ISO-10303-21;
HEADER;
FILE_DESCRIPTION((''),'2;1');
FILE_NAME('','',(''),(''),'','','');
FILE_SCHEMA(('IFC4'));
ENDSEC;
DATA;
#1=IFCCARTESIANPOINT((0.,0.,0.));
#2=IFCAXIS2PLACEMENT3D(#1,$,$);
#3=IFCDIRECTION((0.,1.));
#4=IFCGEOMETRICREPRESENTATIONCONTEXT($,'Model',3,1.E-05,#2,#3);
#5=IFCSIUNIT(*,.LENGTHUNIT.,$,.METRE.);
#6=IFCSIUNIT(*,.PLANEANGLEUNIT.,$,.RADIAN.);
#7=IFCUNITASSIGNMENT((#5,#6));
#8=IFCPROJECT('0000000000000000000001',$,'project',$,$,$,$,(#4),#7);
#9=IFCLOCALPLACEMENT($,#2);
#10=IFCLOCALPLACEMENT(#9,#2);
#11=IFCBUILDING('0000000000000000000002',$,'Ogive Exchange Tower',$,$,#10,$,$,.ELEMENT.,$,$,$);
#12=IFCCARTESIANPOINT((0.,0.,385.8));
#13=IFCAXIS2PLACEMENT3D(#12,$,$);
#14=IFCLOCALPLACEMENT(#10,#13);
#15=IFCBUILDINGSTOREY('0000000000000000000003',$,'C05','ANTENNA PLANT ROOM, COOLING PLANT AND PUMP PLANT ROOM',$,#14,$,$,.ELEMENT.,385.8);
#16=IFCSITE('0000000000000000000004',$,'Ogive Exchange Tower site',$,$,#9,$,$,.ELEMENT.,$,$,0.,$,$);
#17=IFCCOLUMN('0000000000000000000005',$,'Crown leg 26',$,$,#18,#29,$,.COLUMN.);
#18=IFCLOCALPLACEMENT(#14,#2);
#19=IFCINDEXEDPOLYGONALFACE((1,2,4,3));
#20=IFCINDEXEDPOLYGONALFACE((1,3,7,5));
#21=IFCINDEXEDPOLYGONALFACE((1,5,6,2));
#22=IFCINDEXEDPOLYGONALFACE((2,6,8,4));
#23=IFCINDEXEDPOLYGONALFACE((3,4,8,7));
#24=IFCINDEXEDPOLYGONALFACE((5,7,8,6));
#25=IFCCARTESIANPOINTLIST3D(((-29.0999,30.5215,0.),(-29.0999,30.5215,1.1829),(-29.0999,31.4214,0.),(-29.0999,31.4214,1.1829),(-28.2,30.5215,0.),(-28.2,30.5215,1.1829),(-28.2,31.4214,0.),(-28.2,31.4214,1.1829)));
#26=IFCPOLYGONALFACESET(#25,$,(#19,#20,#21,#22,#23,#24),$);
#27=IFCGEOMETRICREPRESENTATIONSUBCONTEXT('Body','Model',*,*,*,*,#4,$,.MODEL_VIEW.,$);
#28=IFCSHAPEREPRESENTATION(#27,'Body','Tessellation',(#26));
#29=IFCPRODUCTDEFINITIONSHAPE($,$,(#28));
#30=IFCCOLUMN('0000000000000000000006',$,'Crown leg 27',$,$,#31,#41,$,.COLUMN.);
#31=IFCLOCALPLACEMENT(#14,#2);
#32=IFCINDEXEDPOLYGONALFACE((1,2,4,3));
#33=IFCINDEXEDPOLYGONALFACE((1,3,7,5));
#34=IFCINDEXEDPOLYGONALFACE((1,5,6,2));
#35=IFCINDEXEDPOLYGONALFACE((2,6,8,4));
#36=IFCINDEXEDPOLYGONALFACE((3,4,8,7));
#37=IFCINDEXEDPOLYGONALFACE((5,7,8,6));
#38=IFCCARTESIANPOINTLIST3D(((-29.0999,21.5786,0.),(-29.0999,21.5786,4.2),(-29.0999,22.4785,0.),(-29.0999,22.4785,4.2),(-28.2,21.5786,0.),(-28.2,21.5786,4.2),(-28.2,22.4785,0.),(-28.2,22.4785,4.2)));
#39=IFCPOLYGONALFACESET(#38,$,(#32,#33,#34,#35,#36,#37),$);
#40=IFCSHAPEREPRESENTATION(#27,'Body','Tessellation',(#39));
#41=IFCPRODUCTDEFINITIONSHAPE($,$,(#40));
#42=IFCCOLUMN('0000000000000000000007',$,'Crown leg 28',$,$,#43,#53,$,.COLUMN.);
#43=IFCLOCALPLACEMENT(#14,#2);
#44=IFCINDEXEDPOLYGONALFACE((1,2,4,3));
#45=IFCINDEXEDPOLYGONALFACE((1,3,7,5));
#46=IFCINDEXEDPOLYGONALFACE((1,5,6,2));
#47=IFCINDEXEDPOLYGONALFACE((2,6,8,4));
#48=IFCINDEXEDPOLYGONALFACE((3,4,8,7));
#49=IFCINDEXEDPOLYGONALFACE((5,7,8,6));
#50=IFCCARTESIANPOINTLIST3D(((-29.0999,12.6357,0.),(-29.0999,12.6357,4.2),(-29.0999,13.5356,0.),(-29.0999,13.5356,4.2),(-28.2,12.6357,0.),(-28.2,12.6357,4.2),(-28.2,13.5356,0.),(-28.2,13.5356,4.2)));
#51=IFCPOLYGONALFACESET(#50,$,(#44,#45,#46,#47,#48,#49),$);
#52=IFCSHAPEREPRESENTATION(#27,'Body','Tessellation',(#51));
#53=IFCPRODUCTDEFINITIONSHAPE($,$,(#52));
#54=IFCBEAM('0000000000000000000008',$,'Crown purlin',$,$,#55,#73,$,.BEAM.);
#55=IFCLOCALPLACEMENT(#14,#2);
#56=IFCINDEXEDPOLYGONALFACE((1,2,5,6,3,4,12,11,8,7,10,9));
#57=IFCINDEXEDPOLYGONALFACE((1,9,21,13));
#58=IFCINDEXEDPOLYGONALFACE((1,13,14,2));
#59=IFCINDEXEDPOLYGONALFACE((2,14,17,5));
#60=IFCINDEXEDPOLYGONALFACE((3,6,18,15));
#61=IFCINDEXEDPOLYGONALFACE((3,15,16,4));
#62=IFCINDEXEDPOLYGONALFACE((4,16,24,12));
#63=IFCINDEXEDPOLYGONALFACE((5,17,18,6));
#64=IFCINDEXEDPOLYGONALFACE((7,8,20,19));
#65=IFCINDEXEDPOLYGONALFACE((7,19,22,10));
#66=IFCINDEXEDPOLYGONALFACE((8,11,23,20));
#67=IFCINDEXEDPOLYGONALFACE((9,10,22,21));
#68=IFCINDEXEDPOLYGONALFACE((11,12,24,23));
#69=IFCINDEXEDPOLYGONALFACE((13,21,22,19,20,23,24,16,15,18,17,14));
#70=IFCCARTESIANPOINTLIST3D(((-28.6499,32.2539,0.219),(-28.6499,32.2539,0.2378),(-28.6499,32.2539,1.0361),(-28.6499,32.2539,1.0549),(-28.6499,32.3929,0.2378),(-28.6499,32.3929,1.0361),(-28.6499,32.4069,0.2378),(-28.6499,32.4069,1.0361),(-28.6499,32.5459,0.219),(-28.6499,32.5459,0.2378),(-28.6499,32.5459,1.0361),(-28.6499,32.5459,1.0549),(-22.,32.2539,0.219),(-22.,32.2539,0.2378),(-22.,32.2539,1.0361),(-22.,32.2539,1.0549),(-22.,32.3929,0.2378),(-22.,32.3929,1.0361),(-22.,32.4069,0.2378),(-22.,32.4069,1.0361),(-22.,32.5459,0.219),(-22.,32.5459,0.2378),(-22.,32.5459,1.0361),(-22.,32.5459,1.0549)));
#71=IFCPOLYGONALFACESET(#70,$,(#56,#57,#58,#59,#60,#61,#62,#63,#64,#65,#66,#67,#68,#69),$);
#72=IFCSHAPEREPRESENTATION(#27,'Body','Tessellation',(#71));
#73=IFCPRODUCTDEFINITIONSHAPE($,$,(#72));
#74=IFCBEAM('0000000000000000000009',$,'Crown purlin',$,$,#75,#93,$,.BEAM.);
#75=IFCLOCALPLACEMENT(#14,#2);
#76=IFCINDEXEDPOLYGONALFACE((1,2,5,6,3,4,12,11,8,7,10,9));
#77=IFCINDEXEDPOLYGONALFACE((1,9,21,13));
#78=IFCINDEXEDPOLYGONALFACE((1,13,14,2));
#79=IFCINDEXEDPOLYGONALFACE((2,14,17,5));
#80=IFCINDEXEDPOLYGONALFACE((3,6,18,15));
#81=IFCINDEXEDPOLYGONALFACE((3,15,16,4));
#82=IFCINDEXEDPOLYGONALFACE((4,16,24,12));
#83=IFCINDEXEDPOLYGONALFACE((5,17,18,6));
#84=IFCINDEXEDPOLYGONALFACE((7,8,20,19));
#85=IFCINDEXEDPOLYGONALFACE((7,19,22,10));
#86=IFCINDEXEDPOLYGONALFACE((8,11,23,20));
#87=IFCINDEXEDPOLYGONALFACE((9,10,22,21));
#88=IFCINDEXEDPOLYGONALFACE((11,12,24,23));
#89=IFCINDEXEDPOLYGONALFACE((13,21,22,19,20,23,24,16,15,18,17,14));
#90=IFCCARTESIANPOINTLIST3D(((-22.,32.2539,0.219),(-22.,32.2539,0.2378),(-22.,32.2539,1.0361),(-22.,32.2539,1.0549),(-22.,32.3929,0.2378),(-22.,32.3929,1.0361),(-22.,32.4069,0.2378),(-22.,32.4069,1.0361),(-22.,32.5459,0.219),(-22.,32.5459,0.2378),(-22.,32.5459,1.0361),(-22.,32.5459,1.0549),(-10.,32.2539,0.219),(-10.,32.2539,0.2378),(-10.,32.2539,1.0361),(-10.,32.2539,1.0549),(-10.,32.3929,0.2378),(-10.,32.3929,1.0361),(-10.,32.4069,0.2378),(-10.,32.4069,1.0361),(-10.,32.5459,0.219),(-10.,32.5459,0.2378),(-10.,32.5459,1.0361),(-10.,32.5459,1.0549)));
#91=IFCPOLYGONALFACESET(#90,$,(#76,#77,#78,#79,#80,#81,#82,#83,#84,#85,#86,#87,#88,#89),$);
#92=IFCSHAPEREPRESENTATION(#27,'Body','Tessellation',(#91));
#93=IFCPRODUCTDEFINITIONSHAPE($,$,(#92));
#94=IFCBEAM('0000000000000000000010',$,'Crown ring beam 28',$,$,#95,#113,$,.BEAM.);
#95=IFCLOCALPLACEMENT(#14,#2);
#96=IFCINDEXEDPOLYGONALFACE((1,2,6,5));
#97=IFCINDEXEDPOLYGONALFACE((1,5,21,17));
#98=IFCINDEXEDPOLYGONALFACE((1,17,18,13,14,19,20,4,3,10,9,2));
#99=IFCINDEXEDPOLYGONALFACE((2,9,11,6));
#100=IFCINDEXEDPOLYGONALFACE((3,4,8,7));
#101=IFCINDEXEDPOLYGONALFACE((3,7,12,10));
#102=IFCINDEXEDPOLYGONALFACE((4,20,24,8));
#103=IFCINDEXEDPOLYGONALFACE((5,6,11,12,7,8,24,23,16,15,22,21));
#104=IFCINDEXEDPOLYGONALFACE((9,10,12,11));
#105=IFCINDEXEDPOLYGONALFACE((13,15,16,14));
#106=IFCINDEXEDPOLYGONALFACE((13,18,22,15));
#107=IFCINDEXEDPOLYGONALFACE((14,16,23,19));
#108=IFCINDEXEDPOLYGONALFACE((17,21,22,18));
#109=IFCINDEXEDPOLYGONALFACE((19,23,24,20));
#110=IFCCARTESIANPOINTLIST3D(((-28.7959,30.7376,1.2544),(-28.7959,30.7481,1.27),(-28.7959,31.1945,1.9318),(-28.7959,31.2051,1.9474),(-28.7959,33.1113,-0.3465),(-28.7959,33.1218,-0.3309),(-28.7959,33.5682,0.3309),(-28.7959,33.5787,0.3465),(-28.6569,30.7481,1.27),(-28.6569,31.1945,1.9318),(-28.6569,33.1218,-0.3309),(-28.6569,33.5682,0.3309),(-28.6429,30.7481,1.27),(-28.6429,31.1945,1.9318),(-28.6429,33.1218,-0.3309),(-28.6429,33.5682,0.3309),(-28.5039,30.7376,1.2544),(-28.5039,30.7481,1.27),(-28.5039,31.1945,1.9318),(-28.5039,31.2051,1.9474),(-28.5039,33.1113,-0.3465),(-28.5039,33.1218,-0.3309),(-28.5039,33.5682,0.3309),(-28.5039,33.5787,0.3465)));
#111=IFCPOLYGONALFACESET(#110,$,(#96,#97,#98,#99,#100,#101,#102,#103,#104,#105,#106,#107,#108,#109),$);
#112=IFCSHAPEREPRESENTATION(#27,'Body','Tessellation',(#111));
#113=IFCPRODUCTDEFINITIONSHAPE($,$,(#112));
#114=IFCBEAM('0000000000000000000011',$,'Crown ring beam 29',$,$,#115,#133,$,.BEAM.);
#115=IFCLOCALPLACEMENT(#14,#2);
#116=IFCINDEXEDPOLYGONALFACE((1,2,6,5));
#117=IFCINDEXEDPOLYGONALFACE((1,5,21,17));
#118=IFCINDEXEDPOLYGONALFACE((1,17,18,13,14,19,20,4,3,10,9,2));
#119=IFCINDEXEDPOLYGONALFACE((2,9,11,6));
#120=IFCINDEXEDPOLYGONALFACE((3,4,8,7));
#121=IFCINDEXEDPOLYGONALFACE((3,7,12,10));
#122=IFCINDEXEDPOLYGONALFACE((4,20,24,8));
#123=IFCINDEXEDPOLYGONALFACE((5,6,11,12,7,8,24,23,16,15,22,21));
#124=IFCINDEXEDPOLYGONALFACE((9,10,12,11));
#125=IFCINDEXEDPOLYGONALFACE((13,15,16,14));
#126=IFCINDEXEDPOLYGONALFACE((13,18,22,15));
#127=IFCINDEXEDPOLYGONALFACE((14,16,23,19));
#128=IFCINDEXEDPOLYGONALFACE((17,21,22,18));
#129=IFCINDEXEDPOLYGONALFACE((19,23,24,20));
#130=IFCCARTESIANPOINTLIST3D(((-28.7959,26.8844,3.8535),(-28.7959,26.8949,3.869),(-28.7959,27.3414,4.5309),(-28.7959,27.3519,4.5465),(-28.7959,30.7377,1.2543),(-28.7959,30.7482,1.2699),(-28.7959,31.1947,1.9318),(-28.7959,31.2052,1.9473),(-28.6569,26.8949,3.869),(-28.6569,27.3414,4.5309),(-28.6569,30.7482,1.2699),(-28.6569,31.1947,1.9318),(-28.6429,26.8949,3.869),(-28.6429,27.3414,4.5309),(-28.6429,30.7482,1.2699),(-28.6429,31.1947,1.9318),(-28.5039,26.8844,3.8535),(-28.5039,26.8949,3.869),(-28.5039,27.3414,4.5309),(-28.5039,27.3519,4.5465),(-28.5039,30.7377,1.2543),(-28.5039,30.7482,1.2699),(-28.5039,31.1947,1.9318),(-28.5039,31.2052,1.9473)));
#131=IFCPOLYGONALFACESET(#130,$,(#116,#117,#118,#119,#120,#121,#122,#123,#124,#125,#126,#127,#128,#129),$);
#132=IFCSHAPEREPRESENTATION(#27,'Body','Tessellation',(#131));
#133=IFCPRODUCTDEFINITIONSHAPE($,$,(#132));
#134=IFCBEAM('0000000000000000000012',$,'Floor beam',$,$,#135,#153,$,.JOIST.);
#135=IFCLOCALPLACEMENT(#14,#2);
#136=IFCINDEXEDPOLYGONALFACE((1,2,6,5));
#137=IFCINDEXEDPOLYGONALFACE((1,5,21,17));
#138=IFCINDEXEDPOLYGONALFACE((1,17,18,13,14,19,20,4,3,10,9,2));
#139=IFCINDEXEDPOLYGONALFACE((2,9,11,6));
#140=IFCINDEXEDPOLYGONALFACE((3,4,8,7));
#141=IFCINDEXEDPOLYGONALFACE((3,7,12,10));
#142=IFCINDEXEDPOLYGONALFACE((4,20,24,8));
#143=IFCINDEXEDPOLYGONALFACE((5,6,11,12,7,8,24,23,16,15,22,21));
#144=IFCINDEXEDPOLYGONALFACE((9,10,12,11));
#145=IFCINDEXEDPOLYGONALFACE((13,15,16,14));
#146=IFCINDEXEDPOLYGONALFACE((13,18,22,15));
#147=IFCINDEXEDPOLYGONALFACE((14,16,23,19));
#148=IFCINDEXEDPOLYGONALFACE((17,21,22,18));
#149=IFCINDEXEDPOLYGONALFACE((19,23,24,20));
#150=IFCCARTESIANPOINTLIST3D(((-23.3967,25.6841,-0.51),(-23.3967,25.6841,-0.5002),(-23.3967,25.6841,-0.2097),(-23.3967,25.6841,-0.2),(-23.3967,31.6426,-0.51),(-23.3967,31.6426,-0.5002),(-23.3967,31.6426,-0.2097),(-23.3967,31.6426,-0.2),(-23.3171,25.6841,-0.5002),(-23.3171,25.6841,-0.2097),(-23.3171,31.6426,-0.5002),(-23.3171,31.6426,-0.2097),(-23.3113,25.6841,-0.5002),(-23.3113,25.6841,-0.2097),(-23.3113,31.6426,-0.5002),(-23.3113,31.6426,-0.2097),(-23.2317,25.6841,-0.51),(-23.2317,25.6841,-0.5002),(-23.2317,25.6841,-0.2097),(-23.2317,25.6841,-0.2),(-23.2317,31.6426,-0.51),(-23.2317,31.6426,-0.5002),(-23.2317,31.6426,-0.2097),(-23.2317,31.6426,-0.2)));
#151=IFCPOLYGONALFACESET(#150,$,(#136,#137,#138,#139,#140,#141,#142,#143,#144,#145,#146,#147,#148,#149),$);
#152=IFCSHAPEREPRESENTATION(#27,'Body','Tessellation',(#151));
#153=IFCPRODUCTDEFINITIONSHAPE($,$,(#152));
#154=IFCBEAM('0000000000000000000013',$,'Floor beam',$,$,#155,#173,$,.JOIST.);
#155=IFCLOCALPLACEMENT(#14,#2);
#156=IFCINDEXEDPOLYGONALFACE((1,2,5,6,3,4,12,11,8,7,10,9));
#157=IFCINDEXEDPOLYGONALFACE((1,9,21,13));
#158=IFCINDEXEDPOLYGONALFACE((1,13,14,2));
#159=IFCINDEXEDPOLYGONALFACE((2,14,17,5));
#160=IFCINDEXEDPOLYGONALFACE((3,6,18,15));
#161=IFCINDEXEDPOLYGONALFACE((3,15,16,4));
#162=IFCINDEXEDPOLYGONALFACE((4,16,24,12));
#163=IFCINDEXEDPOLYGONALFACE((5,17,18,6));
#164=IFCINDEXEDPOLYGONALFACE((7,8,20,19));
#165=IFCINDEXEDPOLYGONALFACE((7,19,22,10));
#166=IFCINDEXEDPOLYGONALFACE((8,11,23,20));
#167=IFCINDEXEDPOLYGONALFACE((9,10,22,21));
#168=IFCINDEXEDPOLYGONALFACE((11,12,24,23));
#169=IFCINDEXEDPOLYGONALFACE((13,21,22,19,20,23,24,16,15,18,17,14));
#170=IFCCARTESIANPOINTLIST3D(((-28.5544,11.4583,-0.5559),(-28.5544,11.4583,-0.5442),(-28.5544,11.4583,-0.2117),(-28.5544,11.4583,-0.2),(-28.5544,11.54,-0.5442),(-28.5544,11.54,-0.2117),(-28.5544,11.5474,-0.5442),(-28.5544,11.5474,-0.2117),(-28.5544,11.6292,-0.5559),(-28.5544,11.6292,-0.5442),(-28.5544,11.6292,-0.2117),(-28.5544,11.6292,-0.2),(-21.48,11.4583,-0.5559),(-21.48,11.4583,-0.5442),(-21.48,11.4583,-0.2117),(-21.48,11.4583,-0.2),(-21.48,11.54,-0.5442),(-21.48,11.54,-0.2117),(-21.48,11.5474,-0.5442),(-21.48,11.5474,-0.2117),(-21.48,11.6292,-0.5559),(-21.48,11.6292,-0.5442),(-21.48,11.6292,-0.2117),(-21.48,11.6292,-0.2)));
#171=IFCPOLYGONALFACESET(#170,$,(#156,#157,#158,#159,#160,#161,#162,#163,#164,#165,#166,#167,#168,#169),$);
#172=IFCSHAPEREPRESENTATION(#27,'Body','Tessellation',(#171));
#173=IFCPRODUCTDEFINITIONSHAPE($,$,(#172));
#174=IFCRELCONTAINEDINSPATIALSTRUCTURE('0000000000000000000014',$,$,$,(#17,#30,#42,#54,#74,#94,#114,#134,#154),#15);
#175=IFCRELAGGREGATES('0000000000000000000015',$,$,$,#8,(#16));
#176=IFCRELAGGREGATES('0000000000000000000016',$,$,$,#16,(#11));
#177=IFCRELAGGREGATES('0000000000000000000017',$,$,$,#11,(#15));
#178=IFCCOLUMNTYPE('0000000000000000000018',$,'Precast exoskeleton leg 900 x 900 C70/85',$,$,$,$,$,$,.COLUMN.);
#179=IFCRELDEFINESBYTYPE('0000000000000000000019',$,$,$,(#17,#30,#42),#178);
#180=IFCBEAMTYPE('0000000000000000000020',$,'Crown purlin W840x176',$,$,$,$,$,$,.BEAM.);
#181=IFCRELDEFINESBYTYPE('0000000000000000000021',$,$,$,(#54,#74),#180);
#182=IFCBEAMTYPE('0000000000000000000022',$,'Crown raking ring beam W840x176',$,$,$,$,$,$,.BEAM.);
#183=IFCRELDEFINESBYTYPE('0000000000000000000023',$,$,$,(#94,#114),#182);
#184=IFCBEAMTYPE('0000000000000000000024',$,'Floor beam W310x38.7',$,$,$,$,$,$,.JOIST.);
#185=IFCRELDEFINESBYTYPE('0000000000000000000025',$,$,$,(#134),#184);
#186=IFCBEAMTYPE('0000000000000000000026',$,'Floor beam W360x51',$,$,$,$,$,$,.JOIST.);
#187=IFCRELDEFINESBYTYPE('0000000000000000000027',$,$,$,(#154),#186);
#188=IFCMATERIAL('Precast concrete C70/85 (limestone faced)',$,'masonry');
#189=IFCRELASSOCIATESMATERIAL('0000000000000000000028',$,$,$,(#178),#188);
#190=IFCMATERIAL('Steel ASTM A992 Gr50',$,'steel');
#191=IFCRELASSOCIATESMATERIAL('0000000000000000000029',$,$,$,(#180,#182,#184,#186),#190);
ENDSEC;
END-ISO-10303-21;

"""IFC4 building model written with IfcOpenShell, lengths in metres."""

from ifc_helpers import new_model, si_unit, direction, frame, origin, origin_2d, place, context, subcontext, project, spatial, rectangle, i_section, extrude, material, material_profile, profile_set, type_object, element, save


model = new_model("IFC4")

# Units and contexts
model_context = context("Model", 3, precision=1e-05, world=origin(), true_north=direction((0.0, 1.0)))
body_context = subcontext(model_context, "Body", "Model", "MODEL_VIEW")
ifc_project = project(units=[si_unit("LENGTHUNIT", "METRE"), si_unit("PLANEANGLEUNIT", "RADIAN")], contexts=[model_context])

# Site, building, storey
site_placement = place(None, origin())
site = spatial("IfcSite", under=ifc_project, at=site_placement, Name="Ogive Exchange Tower site", CompositionType="ELEMENT", RefElevation=0.0)
building_placement = place(site_placement, origin())
building = spatial("IfcBuilding", under=site, at=building_placement, Name="Ogive Exchange Tower", CompositionType="ELEMENT")
storey_placement = place(building_placement, frame((0.0, 0.0, 385.8)))
storey = spatial("IfcBuildingStorey", under=building, at=storey_placement, Name="C05", Description="ANTENNA PLANT ROOM, COOLING PLANT AND PUMP PLANT ROOM", CompositionType="ELEMENT", Elevation=385.8)

# Columns
ifc_material_1 = material(Name="Precast concrete C70/85 (limestone faced)", Category="masonry")
ifc_material_profile_1 = material_profile(ifc_material_1, rectangle(XDim=0.8999, YDim=0.8999, at=origin_2d()), Name="900 x 900")
ifc_profile_set_1 = profile_set([ifc_material_profile_1], Name="Precast concrete C70/85 (limestone faced)")
column_type = type_object("IfcColumnType", Name="Precast exoskeleton leg 900 x 900 C70/85", PredefinedType="COLUMN", material=ifc_profile_set_1)
column_placement = place(storey_placement, frame((-28.6499, 30.9714, 0.0), z_axis=(0.0, 0.0, 1.0), x_axis=(1.0, 0.0, 0.0)))
element("IfcColumn", 1, at=column_placement, inside=storey, type_object=column_type, Name="Crown leg 26", PredefinedType="COLUMN", context=body_context, shape_type="SweptSolid", body=[
    extrude(rectangle(XDim=0.8999, YDim=0.8999, at=origin_2d()), origin(), (0.0, 0.0, 1.0), 1.1829),
])
for number, where, z_axis, x_axis, name in (
    (2, (-28.6499, 22.0286, 0.0), (0.0, 0.0, 1.0), (1.0, 0.0, 0.0), "Crown leg 27"),
    (3, (-28.6499, 13.0857, 0.0), (0.0, 0.0, 1.0), (1.0, 0.0, 0.0), "Crown leg 28"),
):
    element("IfcColumn", number, at=place(storey_placement, frame(where, z_axis=z_axis, x_axis=x_axis)), inside=storey, type_object=column_type, Name=name, PredefinedType="COLUMN", context=body_context, shape_type="SweptSolid", body=[
        extrude(rectangle(XDim=0.8999, YDim=0.8999, at=origin_2d()), origin(), (0.0, 0.0, 1.0), 4.2),
    ])

# Beams
ifc_material_2 = material(Name="Steel ASTM A992 Gr50", Category="steel")
ifc_material_profile_2 = material_profile(ifc_material_2, i_section(OverallWidth=0.292, OverallDepth=0.8359, WebThickness=0.0139, FlangeThickness=0.0188, at=origin_2d()), Name="W840x176")
ifc_profile_set_2 = profile_set([ifc_material_profile_2], Name="Steel ASTM A992 Gr50")
beam_type_1 = type_object("IfcBeamType", Name="Crown purlin W840x176", PredefinedType="BEAM", material=ifc_profile_set_2)
beam_1_placement = place(storey_placement, frame((-28.6499, 32.3999, 0.637), z_axis=(1.0, 0.0, 0.0), x_axis=(0.0, 1.0, 0.0)))
element("IfcBeam", 4, at=beam_1_placement, inside=storey, type_object=beam_type_1, Name="Crown purlin", PredefinedType="BEAM", context=body_context, shape_type="SweptSolid", body=[
    extrude(i_section(OverallWidth=0.292, OverallDepth=0.8359, WebThickness=0.0139, FlangeThickness=0.0188, at=origin_2d()), origin(), (0.0, 0.0, 1.0), 6.6499),
])
beam_2_placement = place(storey_placement, frame((-22.0, 32.3999, 0.637), z_axis=(1.0, 0.0, 0.0), x_axis=(0.0, 1.0, 0.0)))
element("IfcBeam", 5, at=beam_2_placement, inside=storey, type_object=beam_type_1, Name="Crown purlin", PredefinedType="BEAM", context=body_context, shape_type="SweptSolid", body=[
    extrude(i_section(OverallWidth=0.292, OverallDepth=0.8359, WebThickness=0.0139, FlangeThickness=0.0188, at=origin_2d()), origin(), (0.0, 0.0, 1.0), 12.0),
])
ifc_material_profile_3 = material_profile(ifc_material_2, i_section(OverallWidth=0.292, OverallDepth=0.8359, WebThickness=0.0139, FlangeThickness=0.0188, at=origin_2d()), Name="W840x176")
ifc_profile_set_3 = profile_set([ifc_material_profile_3], Name="Steel ASTM A992 Gr50")
beam_type_2 = type_object("IfcBeamType", Name="Crown raking ring beam W840x176", PredefinedType="BEAM", material=ifc_profile_set_3)
beam_3_placement = place(storey_placement, frame((-28.6499, 33.345, 0.0), z_axis=(0.0, -0.82906, 0.559159), x_axis=(1.0, 0.0, 0.0)))
element("IfcBeam", 6, at=beam_3_placement, inside=storey, type_object=beam_type_2, Name="Crown ring beam 28", PredefinedType="BEAM", context=body_context, shape_type="SweptSolid", body=[
    extrude(i_section(OverallWidth=0.292, OverallDepth=0.8359, WebThickness=0.0139, FlangeThickness=0.0188, at=origin_2d()), origin(), (0.0, 0.0, 1.0), 2.863),
])
beam_4_placement = place(storey_placement, frame((-28.6499, 30.9714, 1.6008), z_axis=(0.0, -0.829032, 0.559201), x_axis=(1.0, 0.0, 0.0)))
element("IfcBeam", 7, at=beam_4_placement, inside=storey, type_object=beam_type_2, Name="Crown ring beam 29", PredefinedType="BEAM", context=body_context, shape_type="SweptSolid", body=[
    extrude(i_section(OverallWidth=0.292, OverallDepth=0.8359, WebThickness=0.0139, FlangeThickness=0.0188, at=origin_2d()), origin(), (0.0, 0.0, 1.0), 4.6479),
])
ifc_material_profile_4 = material_profile(ifc_material_2, i_section(OverallWidth=0.165, OverallDepth=0.3101, WebThickness=0.0059, FlangeThickness=0.0098, at=origin_2d()), Name="W310x38.7")
ifc_profile_set_4 = profile_set([ifc_material_profile_4], Name="Steel ASTM A992 Gr50")
beam_type_3 = type_object("IfcBeamType", Name="Floor beam W310x38.7", PredefinedType="JOIST", material=ifc_profile_set_4)
beam_5_placement = place(storey_placement, frame((-23.3142, 25.6841, -0.355), z_axis=(0.0, 1.0, 0.0), x_axis=(-1.0, 0.0, 0.0)))
element("IfcBeam", 8, at=beam_5_placement, inside=storey, type_object=beam_type_3, Name="Floor beam", PredefinedType="JOIST", context=body_context, shape_type="SweptSolid", body=[
    extrude(i_section(OverallWidth=0.165, OverallDepth=0.3101, WebThickness=0.0059, FlangeThickness=0.0098, at=origin_2d()), origin(), (0.0, 0.0, 1.0), 5.9585),
])
ifc_material_profile_5 = material_profile(ifc_material_2, i_section(OverallWidth=0.1709, OverallDepth=0.356, WebThickness=0.0073, FlangeThickness=0.0117, at=origin_2d()), Name="W360x51")
ifc_profile_set_5 = profile_set([ifc_material_profile_5], Name="Steel ASTM A992 Gr50")
beam_type_4 = type_object("IfcBeamType", Name="Floor beam W360x51", PredefinedType="JOIST", material=ifc_profile_set_5)
for number, where, z_axis, x_axis, name in (
    (9, (-28.5544, 11.5437, -0.3779), (1.0, 0.0, 0.0), (0.0, 1.0, 0.0), "Floor beam"),
):
    element("IfcBeam", number, at=place(storey_placement, frame(where, z_axis=z_axis, x_axis=x_axis)), inside=storey, type_object=beam_type_4, Name=name, PredefinedType="JOIST", context=body_context, shape_type="SweptSolid", body=[
        extrude(i_section(OverallWidth=0.1709, OverallDepth=0.356, WebThickness=0.0073, FlangeThickness=0.0117, at=origin_2d()), origin(), (0.0, 0.0, 1.0), 7.0745),
    ])

save(model, "model.ifc")
